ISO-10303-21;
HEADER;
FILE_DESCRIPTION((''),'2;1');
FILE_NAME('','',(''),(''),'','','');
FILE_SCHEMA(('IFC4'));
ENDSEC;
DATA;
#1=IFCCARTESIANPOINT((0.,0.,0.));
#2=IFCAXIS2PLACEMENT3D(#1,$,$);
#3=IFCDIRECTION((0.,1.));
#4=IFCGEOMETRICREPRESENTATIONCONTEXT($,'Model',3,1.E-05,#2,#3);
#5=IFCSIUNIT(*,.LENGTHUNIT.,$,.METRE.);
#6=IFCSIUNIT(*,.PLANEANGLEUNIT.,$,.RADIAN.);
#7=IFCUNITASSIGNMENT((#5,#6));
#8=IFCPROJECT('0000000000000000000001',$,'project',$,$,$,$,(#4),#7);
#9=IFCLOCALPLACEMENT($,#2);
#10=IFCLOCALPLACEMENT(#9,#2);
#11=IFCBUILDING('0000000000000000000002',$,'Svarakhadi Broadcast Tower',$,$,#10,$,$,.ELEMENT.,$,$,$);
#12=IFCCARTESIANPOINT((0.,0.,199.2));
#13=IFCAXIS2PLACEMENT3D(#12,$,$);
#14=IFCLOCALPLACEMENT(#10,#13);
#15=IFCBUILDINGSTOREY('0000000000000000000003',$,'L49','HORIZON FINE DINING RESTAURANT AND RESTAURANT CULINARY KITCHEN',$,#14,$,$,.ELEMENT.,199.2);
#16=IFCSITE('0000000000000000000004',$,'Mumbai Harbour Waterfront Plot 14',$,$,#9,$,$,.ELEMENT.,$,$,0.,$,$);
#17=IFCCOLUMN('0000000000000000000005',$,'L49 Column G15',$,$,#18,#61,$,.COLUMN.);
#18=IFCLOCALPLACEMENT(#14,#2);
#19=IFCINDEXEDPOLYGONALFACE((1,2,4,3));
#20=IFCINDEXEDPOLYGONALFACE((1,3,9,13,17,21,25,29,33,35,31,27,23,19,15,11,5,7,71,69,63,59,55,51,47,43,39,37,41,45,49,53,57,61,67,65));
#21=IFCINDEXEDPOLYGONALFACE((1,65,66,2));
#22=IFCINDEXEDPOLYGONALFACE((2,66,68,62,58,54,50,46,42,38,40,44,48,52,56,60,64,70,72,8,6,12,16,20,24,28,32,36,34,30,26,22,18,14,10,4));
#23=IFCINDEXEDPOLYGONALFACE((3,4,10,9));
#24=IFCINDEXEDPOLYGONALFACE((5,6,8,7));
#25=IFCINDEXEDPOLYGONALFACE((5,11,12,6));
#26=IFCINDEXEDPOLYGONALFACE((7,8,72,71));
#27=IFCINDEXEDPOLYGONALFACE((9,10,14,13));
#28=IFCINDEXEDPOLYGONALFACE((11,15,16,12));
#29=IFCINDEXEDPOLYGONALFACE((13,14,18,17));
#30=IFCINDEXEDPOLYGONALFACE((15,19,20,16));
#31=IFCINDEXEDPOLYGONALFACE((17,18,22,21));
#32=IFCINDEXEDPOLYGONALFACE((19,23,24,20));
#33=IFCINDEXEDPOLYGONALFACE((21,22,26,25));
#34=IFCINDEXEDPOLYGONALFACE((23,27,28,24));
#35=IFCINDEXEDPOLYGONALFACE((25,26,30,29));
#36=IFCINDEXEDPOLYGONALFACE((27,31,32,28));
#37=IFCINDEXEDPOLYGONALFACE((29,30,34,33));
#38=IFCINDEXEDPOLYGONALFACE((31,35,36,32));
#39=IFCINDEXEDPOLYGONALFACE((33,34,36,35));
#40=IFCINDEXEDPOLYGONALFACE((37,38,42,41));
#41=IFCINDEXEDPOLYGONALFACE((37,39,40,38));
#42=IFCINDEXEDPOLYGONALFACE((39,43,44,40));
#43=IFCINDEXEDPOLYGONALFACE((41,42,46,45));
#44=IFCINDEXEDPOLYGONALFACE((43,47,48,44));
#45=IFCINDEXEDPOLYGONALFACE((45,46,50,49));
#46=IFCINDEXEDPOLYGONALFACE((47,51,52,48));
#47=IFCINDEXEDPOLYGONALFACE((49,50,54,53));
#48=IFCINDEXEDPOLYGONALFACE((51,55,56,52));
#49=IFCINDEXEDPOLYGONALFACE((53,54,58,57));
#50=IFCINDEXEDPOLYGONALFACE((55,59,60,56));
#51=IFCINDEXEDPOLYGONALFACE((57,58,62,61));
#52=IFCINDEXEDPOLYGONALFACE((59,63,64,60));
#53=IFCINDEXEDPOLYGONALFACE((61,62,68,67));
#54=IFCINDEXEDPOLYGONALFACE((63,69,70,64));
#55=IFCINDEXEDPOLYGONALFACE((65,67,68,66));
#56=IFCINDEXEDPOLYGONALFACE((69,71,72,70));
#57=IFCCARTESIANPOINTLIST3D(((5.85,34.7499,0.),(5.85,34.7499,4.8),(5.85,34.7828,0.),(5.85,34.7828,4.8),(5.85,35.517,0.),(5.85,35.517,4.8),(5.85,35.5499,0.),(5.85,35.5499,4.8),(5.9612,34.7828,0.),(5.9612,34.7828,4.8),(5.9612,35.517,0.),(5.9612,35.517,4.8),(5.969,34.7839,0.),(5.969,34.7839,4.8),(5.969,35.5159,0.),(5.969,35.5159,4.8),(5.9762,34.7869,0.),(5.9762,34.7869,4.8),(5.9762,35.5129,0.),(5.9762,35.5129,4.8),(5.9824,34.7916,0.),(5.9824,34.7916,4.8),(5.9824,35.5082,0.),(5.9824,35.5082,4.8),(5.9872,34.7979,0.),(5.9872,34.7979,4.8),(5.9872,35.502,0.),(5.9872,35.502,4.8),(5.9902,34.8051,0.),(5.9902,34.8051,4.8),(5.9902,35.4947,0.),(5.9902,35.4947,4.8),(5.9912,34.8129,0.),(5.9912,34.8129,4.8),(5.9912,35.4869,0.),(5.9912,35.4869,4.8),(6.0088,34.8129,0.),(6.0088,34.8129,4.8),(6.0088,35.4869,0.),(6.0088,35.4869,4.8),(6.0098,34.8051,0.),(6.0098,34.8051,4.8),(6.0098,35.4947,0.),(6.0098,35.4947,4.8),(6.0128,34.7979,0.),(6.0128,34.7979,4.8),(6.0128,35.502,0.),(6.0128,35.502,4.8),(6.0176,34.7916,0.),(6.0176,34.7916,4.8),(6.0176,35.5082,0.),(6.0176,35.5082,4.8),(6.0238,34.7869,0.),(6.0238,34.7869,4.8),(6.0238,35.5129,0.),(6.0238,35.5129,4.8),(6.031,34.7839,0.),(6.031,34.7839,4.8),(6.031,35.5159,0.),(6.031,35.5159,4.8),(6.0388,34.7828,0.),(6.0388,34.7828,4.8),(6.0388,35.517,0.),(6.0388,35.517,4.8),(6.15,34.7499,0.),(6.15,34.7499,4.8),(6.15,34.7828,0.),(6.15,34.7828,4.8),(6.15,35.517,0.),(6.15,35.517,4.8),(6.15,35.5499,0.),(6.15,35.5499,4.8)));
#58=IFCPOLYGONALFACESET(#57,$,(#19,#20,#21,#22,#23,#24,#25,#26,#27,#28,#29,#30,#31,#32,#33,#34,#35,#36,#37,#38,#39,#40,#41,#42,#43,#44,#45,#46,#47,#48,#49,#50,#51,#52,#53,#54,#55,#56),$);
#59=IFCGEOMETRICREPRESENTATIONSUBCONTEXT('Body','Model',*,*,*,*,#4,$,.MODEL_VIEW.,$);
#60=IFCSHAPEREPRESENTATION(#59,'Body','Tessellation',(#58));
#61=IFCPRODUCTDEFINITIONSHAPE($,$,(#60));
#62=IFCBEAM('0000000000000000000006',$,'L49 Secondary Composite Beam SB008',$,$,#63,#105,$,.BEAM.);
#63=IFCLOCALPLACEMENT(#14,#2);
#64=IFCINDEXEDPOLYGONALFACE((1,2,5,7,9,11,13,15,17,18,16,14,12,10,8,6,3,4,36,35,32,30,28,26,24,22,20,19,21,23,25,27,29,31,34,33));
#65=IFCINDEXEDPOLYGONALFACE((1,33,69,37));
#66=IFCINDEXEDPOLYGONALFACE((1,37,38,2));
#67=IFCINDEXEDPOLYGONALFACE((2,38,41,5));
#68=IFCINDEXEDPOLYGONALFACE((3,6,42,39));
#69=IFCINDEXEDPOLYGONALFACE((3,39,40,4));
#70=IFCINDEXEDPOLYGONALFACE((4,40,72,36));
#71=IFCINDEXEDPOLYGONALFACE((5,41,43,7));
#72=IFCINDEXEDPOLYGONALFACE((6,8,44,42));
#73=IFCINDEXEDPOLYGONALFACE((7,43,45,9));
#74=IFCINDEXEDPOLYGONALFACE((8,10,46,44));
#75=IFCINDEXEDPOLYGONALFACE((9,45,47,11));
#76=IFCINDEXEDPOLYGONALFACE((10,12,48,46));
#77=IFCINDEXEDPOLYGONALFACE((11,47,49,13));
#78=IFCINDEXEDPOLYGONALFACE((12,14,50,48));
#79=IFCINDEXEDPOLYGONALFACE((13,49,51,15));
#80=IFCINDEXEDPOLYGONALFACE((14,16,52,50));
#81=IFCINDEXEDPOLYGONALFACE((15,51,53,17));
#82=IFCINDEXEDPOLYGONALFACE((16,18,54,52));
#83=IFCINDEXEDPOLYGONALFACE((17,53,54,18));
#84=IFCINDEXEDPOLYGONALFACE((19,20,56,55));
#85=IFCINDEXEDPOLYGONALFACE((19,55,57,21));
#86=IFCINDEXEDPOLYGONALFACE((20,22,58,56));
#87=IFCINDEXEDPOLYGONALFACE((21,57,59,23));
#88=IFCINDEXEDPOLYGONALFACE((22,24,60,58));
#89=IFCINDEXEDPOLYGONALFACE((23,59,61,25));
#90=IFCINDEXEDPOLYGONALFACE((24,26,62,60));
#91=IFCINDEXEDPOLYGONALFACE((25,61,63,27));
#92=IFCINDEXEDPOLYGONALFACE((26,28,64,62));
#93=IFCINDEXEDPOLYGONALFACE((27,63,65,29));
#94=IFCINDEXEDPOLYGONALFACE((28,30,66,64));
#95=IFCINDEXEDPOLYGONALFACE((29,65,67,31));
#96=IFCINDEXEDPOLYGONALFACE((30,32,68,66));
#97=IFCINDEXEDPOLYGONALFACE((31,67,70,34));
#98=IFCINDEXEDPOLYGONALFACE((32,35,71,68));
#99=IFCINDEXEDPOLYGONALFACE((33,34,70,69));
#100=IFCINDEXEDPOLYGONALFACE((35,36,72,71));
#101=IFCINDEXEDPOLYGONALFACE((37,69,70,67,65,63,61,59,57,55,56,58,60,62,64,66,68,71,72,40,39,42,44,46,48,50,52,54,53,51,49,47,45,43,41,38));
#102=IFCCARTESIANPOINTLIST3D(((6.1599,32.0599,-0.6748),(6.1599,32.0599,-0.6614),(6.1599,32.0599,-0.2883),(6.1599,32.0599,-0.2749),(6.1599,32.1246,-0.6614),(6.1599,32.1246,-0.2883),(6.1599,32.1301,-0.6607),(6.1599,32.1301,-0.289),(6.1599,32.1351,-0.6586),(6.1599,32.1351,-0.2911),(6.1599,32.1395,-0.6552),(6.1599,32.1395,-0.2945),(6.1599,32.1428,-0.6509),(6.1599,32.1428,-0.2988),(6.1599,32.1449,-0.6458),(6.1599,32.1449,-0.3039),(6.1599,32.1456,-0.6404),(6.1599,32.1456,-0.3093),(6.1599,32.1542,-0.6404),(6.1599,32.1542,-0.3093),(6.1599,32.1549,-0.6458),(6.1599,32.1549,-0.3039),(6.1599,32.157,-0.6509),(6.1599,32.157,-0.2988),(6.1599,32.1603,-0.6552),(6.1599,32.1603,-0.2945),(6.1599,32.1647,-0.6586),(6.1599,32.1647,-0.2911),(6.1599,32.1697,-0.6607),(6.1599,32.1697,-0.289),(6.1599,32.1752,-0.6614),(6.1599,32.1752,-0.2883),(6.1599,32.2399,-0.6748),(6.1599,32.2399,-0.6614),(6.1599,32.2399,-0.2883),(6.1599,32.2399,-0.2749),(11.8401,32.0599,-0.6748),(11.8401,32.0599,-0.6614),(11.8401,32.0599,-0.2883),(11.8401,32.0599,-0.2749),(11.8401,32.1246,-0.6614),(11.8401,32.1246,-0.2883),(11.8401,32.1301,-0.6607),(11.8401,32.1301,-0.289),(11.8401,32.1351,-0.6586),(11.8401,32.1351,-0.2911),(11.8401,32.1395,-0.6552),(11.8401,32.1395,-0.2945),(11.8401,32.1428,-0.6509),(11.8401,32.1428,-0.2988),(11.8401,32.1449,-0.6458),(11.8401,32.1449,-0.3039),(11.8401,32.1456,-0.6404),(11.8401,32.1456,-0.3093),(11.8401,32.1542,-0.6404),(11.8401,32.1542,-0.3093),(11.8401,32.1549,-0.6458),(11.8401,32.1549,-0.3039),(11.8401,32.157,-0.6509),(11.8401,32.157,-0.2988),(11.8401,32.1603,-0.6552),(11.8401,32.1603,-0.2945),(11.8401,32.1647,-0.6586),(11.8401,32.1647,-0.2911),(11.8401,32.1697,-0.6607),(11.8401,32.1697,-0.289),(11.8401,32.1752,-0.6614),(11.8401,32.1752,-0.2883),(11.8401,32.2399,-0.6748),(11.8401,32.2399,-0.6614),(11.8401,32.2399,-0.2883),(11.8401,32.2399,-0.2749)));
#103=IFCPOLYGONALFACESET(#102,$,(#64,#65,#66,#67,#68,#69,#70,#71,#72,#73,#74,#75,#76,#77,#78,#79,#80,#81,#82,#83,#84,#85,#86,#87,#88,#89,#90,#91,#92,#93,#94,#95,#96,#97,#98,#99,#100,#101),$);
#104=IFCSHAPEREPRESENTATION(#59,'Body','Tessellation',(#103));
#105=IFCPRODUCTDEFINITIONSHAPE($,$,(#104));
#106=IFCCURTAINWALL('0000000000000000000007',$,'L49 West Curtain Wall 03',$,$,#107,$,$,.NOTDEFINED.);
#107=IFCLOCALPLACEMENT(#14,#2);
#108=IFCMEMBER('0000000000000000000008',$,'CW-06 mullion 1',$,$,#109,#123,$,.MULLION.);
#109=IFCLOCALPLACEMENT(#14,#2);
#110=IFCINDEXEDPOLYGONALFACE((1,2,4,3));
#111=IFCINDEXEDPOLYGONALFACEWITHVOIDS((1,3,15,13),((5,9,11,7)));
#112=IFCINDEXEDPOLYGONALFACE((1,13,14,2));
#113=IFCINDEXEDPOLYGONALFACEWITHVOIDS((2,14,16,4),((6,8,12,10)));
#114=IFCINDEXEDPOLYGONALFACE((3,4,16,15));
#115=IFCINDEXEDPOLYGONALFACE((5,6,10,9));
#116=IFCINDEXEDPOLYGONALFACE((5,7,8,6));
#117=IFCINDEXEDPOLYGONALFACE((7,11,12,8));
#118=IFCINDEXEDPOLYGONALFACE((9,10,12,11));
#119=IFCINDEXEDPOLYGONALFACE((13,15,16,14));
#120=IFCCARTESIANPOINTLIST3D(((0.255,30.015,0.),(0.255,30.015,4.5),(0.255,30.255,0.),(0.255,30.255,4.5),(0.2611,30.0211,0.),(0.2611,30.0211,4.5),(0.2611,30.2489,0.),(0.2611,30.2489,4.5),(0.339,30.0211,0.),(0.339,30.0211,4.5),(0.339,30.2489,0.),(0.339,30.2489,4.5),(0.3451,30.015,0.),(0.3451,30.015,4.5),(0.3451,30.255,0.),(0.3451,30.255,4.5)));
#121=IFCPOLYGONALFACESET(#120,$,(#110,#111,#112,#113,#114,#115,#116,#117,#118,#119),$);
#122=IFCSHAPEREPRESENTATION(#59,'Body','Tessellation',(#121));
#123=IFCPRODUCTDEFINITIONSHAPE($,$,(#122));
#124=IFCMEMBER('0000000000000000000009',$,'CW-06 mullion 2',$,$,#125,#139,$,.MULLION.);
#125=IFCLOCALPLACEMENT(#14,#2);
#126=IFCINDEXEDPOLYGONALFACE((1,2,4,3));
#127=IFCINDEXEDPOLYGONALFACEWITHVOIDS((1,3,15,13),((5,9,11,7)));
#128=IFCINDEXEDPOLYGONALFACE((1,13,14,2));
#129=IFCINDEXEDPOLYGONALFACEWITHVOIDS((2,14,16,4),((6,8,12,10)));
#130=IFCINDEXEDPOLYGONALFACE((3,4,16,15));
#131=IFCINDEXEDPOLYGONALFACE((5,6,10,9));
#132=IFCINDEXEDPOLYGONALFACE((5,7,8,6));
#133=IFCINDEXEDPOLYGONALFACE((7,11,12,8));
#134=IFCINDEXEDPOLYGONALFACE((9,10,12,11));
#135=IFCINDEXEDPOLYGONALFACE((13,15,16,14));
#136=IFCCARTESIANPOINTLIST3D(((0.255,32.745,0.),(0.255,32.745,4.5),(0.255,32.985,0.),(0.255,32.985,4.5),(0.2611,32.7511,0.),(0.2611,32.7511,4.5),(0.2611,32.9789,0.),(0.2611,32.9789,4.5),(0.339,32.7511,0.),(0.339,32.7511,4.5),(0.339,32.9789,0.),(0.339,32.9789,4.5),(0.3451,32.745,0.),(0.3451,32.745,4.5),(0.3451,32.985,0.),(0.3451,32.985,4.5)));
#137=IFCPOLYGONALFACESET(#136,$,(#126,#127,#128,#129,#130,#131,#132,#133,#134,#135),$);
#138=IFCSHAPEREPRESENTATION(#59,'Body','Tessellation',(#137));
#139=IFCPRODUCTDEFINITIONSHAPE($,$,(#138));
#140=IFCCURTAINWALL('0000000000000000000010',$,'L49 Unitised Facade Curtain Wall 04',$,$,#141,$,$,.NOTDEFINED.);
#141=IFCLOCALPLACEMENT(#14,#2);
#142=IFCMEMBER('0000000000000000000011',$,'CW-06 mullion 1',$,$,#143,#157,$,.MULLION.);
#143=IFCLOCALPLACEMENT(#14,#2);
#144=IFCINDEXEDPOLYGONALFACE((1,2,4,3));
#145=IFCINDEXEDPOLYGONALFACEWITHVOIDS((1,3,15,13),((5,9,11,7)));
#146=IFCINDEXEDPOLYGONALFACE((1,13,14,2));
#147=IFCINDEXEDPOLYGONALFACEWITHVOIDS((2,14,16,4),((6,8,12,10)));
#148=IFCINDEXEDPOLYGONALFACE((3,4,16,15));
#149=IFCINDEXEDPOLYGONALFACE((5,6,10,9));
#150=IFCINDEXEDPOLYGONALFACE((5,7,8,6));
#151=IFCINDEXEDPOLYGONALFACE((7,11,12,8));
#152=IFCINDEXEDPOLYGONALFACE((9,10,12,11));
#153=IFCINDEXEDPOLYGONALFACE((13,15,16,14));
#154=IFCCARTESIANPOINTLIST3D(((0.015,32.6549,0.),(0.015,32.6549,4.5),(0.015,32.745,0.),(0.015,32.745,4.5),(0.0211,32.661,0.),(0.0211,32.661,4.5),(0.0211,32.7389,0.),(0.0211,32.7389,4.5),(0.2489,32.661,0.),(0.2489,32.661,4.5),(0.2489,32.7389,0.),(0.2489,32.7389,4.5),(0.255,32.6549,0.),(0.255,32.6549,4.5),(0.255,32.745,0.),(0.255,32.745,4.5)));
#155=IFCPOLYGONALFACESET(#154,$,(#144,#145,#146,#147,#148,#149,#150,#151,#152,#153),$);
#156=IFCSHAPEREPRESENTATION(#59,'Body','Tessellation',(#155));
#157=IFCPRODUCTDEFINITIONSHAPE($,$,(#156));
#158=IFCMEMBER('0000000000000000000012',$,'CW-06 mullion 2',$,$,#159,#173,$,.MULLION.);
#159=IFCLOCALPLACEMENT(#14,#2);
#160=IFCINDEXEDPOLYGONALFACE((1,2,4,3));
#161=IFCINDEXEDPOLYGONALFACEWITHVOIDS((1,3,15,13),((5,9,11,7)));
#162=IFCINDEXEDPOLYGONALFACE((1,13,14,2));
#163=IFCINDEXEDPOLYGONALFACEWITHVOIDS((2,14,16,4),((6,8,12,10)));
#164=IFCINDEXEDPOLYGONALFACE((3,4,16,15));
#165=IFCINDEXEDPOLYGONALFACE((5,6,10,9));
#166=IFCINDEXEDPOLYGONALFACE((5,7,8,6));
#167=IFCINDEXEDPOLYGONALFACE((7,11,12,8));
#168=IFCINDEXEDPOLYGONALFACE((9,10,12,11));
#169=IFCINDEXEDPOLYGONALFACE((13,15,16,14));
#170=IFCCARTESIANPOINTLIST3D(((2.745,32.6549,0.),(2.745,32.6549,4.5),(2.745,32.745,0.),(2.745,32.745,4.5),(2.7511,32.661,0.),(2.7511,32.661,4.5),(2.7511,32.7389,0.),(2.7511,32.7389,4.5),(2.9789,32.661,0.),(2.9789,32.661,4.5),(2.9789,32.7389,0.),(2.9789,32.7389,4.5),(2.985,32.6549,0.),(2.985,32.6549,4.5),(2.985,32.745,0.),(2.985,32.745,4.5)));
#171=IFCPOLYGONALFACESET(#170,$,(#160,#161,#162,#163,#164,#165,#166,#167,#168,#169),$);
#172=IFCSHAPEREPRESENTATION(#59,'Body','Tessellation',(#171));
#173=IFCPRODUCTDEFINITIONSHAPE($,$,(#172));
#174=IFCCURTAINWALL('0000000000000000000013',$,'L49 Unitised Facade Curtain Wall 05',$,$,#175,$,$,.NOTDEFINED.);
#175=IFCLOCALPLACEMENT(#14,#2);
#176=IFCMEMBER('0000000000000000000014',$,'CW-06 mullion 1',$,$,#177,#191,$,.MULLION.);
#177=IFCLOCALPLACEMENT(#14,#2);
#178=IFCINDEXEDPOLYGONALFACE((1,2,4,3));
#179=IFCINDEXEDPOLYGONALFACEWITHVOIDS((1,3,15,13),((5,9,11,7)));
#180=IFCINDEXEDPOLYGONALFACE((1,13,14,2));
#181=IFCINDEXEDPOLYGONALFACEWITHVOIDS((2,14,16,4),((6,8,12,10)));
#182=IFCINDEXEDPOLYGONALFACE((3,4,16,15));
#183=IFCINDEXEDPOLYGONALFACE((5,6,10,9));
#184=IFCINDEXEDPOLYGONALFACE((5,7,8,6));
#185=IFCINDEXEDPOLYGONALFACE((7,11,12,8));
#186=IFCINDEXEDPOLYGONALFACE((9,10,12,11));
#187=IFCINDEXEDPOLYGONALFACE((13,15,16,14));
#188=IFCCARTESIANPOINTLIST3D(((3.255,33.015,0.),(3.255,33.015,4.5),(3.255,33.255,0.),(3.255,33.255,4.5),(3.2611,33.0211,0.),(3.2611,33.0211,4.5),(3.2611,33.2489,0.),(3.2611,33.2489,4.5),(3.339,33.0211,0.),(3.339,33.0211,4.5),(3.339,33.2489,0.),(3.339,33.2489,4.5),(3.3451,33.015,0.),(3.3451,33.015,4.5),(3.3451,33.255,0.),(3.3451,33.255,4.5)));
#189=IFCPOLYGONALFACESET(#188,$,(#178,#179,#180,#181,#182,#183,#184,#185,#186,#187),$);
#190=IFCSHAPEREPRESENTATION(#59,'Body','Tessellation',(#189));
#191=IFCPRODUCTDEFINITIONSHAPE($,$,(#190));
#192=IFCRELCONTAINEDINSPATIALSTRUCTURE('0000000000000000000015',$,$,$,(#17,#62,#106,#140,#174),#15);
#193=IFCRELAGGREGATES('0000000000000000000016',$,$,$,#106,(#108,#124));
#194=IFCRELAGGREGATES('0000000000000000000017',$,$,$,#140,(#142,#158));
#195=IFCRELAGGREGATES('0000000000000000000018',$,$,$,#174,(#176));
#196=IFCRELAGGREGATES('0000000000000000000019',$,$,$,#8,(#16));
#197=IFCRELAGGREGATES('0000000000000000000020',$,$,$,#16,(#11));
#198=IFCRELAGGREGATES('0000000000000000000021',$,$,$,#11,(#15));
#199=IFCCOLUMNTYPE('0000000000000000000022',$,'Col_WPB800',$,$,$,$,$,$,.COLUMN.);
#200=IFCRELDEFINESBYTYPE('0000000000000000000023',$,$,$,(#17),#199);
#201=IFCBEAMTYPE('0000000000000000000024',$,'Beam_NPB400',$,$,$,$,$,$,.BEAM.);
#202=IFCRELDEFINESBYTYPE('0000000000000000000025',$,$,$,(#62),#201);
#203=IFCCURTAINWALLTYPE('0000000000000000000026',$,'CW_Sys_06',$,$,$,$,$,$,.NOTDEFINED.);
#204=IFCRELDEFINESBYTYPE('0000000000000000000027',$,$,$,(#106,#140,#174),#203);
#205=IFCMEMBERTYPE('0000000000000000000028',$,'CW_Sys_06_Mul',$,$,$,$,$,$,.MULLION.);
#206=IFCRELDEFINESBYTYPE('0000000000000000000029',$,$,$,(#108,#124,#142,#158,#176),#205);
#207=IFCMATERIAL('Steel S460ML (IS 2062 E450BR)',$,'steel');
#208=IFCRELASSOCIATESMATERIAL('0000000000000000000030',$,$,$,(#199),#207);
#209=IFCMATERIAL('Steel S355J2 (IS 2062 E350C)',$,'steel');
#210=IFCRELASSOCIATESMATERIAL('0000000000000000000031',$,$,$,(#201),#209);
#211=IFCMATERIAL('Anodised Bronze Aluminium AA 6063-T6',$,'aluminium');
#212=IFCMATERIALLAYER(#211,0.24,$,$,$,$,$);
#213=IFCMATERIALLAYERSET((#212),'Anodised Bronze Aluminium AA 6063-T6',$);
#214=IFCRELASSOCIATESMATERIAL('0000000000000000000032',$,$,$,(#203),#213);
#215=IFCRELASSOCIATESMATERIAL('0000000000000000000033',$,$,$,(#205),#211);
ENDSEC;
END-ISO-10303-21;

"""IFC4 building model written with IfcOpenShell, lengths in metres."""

from ifc_helpers import new_model, si_unit, direction, frame, origin, origin_2d, place, context, subcontext, project, spatial, hollow_rectangle, i_section, extrude, material, layer, layer_set, material_profile, profile_set, type_object, element, aggregate, save


model = new_model("IFC4")

# Units and contexts
model_context = context("Model", 3, precision=1e-05, world=origin(), true_north=direction((0.0, 1.0)))
body_context = subcontext(model_context, "Body", "Model", "MODEL_VIEW")
ifc_project = project(units=[si_unit("LENGTHUNIT", "METRE"), si_unit("PLANEANGLEUNIT", "RADIAN")], contexts=[model_context])

# Site, building, storey
site_placement = place(None, origin())
site = spatial("IfcSite", under=ifc_project, at=site_placement, Name="Mumbai Harbour Waterfront Plot 14", CompositionType="ELEMENT", RefElevation=0.0)
building_placement = place(site_placement, origin())
building = spatial("IfcBuilding", under=site, at=building_placement, Name="Svarakhadi Broadcast Tower", CompositionType="ELEMENT")
storey_placement = place(building_placement, frame((0.0, 0.0, 199.2)))
storey = spatial("IfcBuildingStorey", under=building, at=storey_placement, Name="L49", Description="HORIZON FINE DINING RESTAURANT AND RESTAURANT CULINARY KITCHEN", CompositionType="ELEMENT", Elevation=199.2)

# Column
ifc_material_1 = material(Name="Steel S460ML (IS 2062 E450BR)", Category="steel")
ifc_material_profile_1 = material_profile(ifc_material_1, i_section(OverallWidth=0.3, OverallDepth=0.8, WebThickness=0.0176, FlangeThickness=0.033, FilletRadius=0.03, at=origin_2d()), Name="WPB 800x300x262")
ifc_profile_set_1 = profile_set([ifc_material_profile_1], Name="Steel S460ML (IS 2062 E450BR)")
column_type = type_object("IfcColumnType", Name="Col_WPB800", PredefinedType="COLUMN", material=ifc_profile_set_1)
column_placement = place(storey_placement, frame((6.0, 35.1499, 0.0), z_axis=(0.0, 0.0, 1.0), x_axis=(1.0, 0.0, 0.0)))
element("IfcColumn", 1, at=column_placement, inside=storey, type_object=column_type, Name="L49 Column G15", PredefinedType="COLUMN", context=body_context, shape_type="SweptSolid", body=[
    extrude(i_section(OverallWidth=0.3, OverallDepth=0.8, WebThickness=0.0176, FlangeThickness=0.033, FilletRadius=0.03, at=origin_2d()), origin(), (0.0, 0.0, 1.0), 4.8),
])

# Beam
ifc_material_2 = material(Name="Steel S355J2 (IS 2062 E350C)", Category="steel")
ifc_material_profile_2 = material_profile(ifc_material_2, i_section(OverallWidth=0.1799, OverallDepth=0.3999, WebThickness=0.0085, FlangeThickness=0.0134, FilletRadius=0.021, at=origin_2d()), Name="NPB 400x180x66")
ifc_profile_set_2 = profile_set([ifc_material_profile_2], Name="Steel S355J2 (IS 2062 E350C)")
beam_type_1 = type_object("IfcBeamType", Name="Beam_NPB400", PredefinedType="BEAM", material=ifc_profile_set_2)
beam_placement = place(storey_placement, frame((6.1599, 32.1499, -0.4749), z_axis=(1.0, 0.0, 0.0), x_axis=(0.0, 1.0, 0.0)))
element("IfcBeam", 2, at=beam_placement, inside=storey, type_object=beam_type_1, Name="L49 Secondary Composite Beam SB008", PredefinedType="BEAM", context=body_context, shape_type="SweptSolid", body=[
    extrude(i_section(OverallWidth=0.1799, OverallDepth=0.3999, WebThickness=0.0085, FlangeThickness=0.0134, FilletRadius=0.021, at=origin_2d()), origin(), (0.0, 0.0, 1.0), 5.6802),
])

# Curtain walls, members
ifc_material_3 = material(Name="Anodised Bronze Aluminium AA 6063-T6", Category="aluminium")
ifc_layer_1 = layer(ifc_material_3, 0.24)
ifc_layer_set_1 = layer_set([ifc_layer_1], Name="Anodised Bronze Aluminium AA 6063-T6")
curtain_wall_type = type_object("IfcCurtainWallType", Name="CW_Sys_06", PredefinedType="NOTDEFINED", material=ifc_layer_set_1)
curtain_wall_1_placement = place(storey_placement, origin())
curtain_wall_1 = element("IfcCurtainWall", 3, at=curtain_wall_1_placement, inside=storey, type_object=curtain_wall_type, Name="L49 West Curtain Wall 03", PredefinedType="NOTDEFINED")
ifc_material_profile_3 = material_profile(ifc_material_3, hollow_rectangle(XDim=0.0901, YDim=0.24, WallThickness=0.0061, at=origin_2d()), Name="ALU MULLION 240x90x6")
ifc_profile_set_3 = profile_set([ifc_material_profile_3], Name="Anodised Bronze Aluminium AA 6063-T6")
member_type_1 = type_object("IfcMemberType", Name="CW_Sys_06_Mul", PredefinedType="MULLION", material=ifc_profile_set_3)
member_1_placement = place(storey_placement, frame((0.3, 30.135, 0.0), z_axis=(0.0, 0.0, 1.0), x_axis=(-1.0, 0.0, 0.0)))
member_1 = element("IfcMember", 4, at=member_1_placement, type_object=member_type_1, Name="CW-06 mullion 1", PredefinedType="MULLION", context=body_context, shape_type="SweptSolid", body=[
    extrude(hollow_rectangle(XDim=0.0901, YDim=0.24, WallThickness=0.0061, at=origin_2d()), origin(), (0.0, 0.0, 1.0), 4.5),
])
member_2_placement = place(storey_placement, frame((0.3, 32.865, 0.0), z_axis=(0.0, 0.0, 1.0), x_axis=(-1.0, 0.0, 0.0)))
member_2 = element("IfcMember", 5, at=member_2_placement, type_object=member_type_1, Name="CW-06 mullion 2", PredefinedType="MULLION", context=body_context, shape_type="SweptSolid", body=[
    extrude(hollow_rectangle(XDim=0.0901, YDim=0.24, WallThickness=0.0061, at=origin_2d()), origin(), (0.0, 0.0, 1.0), 4.5),
])
curtain_wall_2_placement = place(storey_placement, origin())
curtain_wall_2 = element("IfcCurtainWall", 6, at=curtain_wall_2_placement, inside=storey, type_object=curtain_wall_type, Name="L49 Unitised Facade Curtain Wall 04", PredefinedType="NOTDEFINED")
member_3_placement = place(storey_placement, frame((0.135, 32.7, 0.0), z_axis=(0.0, 0.0, 1.0), x_axis=(0.0, 1.0, 0.0)))
member_3 = element("IfcMember", 7, at=member_3_placement, type_object=member_type_1, Name="CW-06 mullion 1", PredefinedType="MULLION", context=body_context, shape_type="SweptSolid", body=[
    extrude(hollow_rectangle(XDim=0.0901, YDim=0.24, WallThickness=0.0061, at=origin_2d()), origin(), (0.0, 0.0, 1.0), 4.5),
])
member_4_placement = place(storey_placement, frame((2.865, 32.7, 0.0), z_axis=(0.0, 0.0, 1.0), x_axis=(0.0, 1.0, 0.0)))
member_4 = element("IfcMember", 8, at=member_4_placement, type_object=member_type_1, Name="CW-06 mullion 2", PredefinedType="MULLION", context=body_context, shape_type="SweptSolid", body=[
    extrude(hollow_rectangle(XDim=0.0901, YDim=0.24, WallThickness=0.0061, at=origin_2d()), origin(), (0.0, 0.0, 1.0), 4.5),
])
curtain_wall_3_placement = place(storey_placement, origin())
curtain_wall_3 = element("IfcCurtainWall", 9, at=curtain_wall_3_placement, inside=storey, type_object=curtain_wall_type, Name="L49 Unitised Facade Curtain Wall 05", PredefinedType="NOTDEFINED")
member_5_placement = place(storey_placement, frame((3.3, 33.135, 0.0), z_axis=(0.0, 0.0, 1.0), x_axis=(-1.0, 0.0, 0.0)))
member_5 = element("IfcMember", 10, at=member_5_placement, type_object=member_type_1, Name="CW-06 mullion 1", PredefinedType="MULLION", context=body_context, shape_type="SweptSolid", body=[
    extrude(hollow_rectangle(XDim=0.0901, YDim=0.24, WallThickness=0.0061, at=origin_2d()), origin(), (0.0, 0.0, 1.0), 4.5),
])

aggregate(curtain_wall_1, [member_1, member_2])
aggregate(curtain_wall_2, [member_3, member_4])
aggregate(curtain_wall_3, [member_5])

save(model, "model.ifc")
